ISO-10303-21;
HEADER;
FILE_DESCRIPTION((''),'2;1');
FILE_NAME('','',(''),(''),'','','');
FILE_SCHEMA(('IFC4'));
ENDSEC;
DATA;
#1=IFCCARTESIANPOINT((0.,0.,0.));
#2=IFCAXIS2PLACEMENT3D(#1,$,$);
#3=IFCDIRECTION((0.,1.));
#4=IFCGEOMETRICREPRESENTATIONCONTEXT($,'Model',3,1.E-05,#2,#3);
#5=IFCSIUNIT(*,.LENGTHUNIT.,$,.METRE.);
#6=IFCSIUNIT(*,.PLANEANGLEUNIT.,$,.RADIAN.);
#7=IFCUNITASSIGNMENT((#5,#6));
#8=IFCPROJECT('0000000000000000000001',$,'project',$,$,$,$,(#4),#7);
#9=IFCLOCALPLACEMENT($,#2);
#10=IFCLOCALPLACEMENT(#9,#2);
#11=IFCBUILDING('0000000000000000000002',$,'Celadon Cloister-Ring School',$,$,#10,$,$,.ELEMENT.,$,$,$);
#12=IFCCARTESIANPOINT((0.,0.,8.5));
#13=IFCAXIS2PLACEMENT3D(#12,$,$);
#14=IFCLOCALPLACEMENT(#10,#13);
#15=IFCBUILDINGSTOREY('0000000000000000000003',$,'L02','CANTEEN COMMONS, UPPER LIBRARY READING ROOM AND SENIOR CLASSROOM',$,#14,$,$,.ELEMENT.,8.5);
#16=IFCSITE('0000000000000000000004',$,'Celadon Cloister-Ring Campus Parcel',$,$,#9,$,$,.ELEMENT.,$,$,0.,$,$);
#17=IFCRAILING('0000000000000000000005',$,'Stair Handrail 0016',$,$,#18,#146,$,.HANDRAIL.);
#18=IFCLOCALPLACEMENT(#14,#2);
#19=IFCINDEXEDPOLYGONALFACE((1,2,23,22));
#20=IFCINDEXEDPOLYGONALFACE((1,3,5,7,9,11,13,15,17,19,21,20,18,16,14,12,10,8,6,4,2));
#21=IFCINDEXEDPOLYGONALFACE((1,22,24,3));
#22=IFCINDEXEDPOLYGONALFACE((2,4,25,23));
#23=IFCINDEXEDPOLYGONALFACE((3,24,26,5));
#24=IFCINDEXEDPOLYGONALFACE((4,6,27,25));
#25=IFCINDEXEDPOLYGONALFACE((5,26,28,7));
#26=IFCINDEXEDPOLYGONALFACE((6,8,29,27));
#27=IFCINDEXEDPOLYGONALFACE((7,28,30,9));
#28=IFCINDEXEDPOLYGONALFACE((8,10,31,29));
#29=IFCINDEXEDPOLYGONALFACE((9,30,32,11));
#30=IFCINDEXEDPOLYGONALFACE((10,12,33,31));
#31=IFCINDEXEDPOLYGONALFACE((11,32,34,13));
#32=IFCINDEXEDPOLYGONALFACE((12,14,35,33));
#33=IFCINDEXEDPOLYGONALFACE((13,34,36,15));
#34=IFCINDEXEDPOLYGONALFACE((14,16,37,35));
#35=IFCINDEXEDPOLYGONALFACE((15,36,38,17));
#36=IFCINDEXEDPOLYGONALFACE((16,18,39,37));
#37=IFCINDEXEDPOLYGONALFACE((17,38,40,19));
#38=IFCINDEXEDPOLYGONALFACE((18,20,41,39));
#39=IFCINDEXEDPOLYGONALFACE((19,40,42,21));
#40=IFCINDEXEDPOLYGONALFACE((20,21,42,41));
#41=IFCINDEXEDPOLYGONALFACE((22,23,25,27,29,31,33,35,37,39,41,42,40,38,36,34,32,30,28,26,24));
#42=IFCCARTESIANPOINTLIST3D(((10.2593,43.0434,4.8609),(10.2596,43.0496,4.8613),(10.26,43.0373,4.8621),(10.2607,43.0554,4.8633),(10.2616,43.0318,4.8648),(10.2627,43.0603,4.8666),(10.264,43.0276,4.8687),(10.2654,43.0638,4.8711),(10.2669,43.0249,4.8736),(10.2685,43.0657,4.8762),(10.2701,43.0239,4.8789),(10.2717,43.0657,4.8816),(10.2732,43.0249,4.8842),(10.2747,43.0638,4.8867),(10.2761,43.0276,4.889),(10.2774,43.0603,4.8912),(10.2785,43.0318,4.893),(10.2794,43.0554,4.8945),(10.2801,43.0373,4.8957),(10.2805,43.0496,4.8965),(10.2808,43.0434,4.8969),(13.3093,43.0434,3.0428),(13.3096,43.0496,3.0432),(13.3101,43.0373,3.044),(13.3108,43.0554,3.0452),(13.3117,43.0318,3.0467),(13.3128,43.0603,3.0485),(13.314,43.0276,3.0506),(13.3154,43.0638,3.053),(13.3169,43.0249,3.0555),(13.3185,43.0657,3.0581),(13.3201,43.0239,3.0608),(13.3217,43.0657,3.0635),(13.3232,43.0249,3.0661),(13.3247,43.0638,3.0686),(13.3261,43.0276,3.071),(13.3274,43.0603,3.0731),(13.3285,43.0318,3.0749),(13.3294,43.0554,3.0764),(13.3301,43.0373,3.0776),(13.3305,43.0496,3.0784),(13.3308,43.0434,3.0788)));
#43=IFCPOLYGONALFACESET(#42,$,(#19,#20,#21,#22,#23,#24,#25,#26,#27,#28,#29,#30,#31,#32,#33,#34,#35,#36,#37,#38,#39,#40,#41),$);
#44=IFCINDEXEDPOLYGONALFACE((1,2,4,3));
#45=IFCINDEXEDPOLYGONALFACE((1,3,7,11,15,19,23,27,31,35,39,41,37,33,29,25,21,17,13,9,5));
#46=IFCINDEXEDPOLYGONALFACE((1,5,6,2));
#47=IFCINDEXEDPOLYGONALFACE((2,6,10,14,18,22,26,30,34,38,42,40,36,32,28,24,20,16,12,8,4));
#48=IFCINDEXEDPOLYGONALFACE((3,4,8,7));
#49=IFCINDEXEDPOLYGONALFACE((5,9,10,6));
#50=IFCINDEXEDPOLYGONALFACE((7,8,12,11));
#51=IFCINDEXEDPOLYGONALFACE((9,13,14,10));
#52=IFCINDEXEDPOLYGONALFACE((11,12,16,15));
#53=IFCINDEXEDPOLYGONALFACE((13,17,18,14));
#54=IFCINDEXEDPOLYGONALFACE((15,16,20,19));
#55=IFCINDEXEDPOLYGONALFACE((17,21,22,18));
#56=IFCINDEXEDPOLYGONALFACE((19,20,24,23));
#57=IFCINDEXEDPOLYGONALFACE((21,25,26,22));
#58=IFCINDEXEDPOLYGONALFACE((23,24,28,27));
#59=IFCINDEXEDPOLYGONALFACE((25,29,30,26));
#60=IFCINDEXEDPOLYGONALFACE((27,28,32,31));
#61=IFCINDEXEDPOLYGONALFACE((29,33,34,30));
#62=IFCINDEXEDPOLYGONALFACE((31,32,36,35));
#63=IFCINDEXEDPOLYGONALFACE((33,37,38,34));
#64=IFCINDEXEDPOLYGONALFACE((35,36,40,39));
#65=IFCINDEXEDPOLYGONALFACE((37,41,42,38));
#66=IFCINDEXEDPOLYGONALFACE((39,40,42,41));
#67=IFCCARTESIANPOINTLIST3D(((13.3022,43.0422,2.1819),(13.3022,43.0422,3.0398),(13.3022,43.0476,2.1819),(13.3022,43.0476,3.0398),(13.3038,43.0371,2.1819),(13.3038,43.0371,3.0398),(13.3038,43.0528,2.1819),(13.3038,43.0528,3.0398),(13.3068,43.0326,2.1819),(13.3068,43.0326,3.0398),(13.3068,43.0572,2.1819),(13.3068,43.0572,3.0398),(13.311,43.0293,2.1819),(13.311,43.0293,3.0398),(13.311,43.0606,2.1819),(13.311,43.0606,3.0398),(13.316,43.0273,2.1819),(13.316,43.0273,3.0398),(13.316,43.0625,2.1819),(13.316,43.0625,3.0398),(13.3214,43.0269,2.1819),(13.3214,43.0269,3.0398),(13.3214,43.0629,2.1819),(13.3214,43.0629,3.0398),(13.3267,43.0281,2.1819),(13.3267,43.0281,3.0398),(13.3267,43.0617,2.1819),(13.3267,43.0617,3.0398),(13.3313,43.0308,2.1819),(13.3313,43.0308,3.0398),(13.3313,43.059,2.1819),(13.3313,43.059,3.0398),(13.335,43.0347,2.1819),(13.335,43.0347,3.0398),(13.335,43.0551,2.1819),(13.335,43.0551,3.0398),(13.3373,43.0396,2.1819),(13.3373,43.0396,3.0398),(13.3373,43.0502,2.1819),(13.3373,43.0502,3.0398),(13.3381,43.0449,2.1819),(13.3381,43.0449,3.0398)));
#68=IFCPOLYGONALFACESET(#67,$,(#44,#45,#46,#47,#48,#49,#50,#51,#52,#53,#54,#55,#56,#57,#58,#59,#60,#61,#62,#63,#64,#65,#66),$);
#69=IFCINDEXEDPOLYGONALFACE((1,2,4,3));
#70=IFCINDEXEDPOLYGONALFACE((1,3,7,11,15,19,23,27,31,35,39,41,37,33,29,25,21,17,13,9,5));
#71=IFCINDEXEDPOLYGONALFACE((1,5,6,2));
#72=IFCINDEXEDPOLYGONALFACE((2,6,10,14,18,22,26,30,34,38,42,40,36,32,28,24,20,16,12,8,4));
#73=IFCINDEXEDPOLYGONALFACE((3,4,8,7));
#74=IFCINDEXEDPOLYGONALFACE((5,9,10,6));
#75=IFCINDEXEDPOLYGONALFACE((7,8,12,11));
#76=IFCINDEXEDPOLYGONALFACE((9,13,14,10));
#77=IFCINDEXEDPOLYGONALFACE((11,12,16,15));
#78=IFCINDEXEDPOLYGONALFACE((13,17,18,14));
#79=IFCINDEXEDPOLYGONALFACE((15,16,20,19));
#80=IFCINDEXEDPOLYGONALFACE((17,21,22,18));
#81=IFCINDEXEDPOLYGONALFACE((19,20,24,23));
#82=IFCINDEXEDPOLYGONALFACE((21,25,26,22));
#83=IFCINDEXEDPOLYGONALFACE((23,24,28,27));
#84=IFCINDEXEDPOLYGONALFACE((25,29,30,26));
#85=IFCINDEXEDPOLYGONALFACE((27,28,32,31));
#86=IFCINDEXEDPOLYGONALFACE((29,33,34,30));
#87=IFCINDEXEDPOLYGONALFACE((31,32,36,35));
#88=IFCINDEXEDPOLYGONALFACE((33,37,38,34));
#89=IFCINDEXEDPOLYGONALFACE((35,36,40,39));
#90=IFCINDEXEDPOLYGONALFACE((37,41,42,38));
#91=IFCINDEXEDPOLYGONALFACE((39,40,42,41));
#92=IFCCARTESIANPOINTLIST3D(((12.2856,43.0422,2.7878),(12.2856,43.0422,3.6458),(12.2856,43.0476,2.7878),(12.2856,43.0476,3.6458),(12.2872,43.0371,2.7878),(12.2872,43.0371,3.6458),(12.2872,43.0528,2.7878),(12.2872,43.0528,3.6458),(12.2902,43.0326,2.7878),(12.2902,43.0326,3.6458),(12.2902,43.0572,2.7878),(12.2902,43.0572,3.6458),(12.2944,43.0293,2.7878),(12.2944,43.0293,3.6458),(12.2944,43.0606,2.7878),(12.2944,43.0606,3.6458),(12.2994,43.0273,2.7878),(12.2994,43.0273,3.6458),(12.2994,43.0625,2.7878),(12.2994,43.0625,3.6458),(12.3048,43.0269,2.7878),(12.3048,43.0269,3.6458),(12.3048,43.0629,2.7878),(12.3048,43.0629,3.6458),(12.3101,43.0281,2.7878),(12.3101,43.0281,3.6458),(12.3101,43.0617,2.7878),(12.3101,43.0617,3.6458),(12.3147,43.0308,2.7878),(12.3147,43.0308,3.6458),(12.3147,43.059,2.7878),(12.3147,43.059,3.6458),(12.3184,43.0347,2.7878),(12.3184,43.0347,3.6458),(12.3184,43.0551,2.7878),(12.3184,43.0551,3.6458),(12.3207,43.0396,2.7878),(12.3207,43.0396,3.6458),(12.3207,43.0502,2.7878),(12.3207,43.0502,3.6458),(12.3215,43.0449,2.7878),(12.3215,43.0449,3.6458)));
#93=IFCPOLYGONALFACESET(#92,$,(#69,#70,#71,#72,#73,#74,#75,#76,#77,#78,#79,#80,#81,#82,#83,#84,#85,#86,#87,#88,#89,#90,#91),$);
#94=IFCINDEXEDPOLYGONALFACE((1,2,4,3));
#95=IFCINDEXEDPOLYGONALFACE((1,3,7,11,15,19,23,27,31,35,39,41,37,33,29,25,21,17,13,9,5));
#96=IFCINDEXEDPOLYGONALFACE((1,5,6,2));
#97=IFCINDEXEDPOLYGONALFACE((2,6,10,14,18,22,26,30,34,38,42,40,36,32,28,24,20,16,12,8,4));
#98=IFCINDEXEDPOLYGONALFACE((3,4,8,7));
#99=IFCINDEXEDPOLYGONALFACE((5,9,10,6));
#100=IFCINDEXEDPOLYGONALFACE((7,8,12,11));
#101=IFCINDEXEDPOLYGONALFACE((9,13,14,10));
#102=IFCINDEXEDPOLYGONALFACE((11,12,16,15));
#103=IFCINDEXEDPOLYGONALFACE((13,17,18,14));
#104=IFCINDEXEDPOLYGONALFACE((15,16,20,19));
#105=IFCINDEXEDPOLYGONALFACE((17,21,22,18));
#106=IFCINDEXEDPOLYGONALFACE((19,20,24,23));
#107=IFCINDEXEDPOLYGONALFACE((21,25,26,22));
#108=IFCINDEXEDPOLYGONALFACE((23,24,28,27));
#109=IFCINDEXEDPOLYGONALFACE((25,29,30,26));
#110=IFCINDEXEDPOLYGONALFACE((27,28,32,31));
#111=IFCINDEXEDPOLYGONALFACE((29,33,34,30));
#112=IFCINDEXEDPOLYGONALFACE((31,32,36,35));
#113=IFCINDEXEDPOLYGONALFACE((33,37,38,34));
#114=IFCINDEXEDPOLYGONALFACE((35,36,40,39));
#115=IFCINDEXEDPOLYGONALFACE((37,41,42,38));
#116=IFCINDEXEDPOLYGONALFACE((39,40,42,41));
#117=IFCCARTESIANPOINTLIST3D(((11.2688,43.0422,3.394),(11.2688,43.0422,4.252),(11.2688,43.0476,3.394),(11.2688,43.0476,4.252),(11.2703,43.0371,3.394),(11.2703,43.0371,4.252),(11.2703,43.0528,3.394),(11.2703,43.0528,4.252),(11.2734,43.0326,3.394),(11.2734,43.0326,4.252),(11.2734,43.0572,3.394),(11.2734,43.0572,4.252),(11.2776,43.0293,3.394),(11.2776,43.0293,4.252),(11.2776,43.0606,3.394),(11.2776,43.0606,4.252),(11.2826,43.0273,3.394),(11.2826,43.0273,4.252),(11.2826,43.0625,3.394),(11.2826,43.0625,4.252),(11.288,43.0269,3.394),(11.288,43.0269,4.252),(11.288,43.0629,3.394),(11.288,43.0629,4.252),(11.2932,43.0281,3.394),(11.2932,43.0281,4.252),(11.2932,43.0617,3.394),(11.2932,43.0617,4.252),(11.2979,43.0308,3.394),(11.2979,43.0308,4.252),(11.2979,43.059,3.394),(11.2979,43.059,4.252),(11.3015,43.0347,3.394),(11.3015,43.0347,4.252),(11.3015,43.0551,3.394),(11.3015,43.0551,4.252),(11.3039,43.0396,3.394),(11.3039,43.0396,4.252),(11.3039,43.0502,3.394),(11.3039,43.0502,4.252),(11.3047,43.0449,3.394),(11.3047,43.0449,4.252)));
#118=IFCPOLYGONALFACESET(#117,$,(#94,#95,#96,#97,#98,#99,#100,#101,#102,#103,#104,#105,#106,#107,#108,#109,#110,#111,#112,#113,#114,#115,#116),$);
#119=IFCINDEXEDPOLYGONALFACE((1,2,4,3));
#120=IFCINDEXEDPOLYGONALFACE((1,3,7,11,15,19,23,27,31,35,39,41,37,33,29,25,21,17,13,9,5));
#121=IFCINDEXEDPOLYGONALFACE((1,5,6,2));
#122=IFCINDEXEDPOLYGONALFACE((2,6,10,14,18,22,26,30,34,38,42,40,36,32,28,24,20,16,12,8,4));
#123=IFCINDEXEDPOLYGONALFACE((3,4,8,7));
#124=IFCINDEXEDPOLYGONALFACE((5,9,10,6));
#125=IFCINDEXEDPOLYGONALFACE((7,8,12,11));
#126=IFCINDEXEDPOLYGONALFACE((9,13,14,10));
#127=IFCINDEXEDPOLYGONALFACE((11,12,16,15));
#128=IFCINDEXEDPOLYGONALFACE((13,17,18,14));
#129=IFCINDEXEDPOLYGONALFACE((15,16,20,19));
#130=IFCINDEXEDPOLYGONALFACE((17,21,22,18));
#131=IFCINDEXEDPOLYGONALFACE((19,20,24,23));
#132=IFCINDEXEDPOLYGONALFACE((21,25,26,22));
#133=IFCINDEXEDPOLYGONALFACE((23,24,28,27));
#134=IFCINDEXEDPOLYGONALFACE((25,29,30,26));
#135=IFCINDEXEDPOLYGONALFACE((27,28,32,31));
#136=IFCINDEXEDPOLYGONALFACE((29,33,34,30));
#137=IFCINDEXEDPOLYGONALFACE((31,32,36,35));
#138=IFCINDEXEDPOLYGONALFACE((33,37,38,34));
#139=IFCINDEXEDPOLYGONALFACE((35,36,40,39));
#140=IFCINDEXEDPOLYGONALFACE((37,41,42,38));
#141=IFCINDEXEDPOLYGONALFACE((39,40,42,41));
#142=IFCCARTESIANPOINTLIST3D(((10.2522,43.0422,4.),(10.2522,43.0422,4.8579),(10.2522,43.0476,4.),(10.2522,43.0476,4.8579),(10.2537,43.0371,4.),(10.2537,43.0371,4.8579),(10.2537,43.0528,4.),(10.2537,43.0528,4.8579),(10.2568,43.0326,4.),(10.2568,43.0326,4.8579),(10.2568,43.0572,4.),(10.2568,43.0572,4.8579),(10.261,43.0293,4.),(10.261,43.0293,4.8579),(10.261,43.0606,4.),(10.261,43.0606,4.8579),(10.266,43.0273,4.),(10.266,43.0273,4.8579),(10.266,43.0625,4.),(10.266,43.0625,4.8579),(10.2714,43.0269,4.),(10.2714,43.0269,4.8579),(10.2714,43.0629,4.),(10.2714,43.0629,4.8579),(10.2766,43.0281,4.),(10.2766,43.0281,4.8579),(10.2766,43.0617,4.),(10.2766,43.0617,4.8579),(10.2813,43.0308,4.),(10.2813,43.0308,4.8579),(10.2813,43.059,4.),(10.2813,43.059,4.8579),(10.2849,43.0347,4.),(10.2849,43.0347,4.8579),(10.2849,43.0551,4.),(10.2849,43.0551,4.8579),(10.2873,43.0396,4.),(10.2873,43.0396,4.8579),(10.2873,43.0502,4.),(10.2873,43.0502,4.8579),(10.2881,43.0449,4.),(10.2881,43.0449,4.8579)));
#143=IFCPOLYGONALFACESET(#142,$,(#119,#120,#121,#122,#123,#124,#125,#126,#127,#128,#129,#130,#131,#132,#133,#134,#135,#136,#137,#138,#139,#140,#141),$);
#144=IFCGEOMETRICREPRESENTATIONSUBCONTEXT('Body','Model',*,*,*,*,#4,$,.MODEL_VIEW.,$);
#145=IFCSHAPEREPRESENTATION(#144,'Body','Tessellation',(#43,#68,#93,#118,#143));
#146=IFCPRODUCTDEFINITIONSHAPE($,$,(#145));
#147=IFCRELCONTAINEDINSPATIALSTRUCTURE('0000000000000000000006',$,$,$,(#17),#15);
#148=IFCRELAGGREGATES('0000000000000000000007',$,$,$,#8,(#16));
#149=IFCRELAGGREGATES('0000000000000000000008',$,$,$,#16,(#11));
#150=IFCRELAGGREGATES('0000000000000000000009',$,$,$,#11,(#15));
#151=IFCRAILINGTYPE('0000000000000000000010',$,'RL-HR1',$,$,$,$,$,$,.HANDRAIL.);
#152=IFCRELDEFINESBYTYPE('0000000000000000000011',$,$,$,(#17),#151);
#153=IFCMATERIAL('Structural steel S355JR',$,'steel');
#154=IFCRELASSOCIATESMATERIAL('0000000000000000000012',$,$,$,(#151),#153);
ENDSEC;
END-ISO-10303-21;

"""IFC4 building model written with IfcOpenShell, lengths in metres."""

from ifc_helpers import new_model, si_unit, direction, frame, origin, origin_2d, place, context, subcontext, project, spatial, circle, extrude, material, type_object, element, save


model = new_model("IFC4")

# Units and contexts
model_context = context("Model", 3, precision=1e-05, world=origin(), true_north=direction((0.0, 1.0)))
body_context = subcontext(model_context, "Body", "Model", "MODEL_VIEW")
ifc_project = project(units=[si_unit("LENGTHUNIT", "METRE"), si_unit("PLANEANGLEUNIT", "RADIAN")], contexts=[model_context])

# Site, building, storey
site_placement = place(None, origin())
site = spatial("IfcSite", under=ifc_project, at=site_placement, Name="Celadon Cloister-Ring Campus Parcel", CompositionType="ELEMENT", RefElevation=0.0)
building_placement = place(site_placement, origin())
building = spatial("IfcBuilding", under=site, at=building_placement, Name="Celadon Cloister-Ring School", CompositionType="ELEMENT")
storey_placement = place(building_placement, frame((0.0, 0.0, 8.5)))
storey = spatial("IfcBuildingStorey", under=building, at=storey_placement, Name="L02", Description="CANTEEN COMMONS, UPPER LIBRARY READING ROOM AND SENIOR CLASSROOM", CompositionType="ELEMENT", Elevation=8.5)

# Railing
ifc_material_1 = material(Name="Structural steel S355JR", Category="steel")
railing_type_1 = type_object("IfcRailingType", Name="RL-HR1", PredefinedType="HANDRAIL", material=ifc_material_1)
for number, where, name in (
    (1, (13.3201, 43.0449, 2.1819), "Stair Handrail 0016"),
):
    element("IfcRailing", number, at=place(storey_placement, frame(where)), inside=storey, type_object=railing_type_1, Name=name, PredefinedType="HANDRAIL", context=body_context, shape_type="SweptSolid", body=[
        extrude(circle(Radius=0.021, at=origin_2d()), frame((0.0, 0.0, 0.8789), z_axis=(-0.85897, 0.0, 0.512026), x_axis=(0.0, -1.0, 0.0)), (0.0, 0.0, 1.0), 3.5508),
        extrude(circle(Radius=0.0181, at=origin_2d()), origin(), (0.0, 0.0, 1.0), 0.8579),
        extrude(circle(Radius=0.0181, at=origin_2d()), frame((-1.0166, 0.0, 0.606)), (0.0, 0.0, 1.0), 0.8579),
        extrude(circle(Radius=0.0181, at=origin_2d()), frame((-2.0334, 0.0, 1.2122)), (0.0, 0.0, 1.0), 0.8579),
        extrude(circle(Radius=0.0181, at=origin_2d()), frame((-3.05, 0.0, 1.8181)), (0.0, 0.0, 1.0), 0.8579),
    ])

save(model, "model.ifc")
